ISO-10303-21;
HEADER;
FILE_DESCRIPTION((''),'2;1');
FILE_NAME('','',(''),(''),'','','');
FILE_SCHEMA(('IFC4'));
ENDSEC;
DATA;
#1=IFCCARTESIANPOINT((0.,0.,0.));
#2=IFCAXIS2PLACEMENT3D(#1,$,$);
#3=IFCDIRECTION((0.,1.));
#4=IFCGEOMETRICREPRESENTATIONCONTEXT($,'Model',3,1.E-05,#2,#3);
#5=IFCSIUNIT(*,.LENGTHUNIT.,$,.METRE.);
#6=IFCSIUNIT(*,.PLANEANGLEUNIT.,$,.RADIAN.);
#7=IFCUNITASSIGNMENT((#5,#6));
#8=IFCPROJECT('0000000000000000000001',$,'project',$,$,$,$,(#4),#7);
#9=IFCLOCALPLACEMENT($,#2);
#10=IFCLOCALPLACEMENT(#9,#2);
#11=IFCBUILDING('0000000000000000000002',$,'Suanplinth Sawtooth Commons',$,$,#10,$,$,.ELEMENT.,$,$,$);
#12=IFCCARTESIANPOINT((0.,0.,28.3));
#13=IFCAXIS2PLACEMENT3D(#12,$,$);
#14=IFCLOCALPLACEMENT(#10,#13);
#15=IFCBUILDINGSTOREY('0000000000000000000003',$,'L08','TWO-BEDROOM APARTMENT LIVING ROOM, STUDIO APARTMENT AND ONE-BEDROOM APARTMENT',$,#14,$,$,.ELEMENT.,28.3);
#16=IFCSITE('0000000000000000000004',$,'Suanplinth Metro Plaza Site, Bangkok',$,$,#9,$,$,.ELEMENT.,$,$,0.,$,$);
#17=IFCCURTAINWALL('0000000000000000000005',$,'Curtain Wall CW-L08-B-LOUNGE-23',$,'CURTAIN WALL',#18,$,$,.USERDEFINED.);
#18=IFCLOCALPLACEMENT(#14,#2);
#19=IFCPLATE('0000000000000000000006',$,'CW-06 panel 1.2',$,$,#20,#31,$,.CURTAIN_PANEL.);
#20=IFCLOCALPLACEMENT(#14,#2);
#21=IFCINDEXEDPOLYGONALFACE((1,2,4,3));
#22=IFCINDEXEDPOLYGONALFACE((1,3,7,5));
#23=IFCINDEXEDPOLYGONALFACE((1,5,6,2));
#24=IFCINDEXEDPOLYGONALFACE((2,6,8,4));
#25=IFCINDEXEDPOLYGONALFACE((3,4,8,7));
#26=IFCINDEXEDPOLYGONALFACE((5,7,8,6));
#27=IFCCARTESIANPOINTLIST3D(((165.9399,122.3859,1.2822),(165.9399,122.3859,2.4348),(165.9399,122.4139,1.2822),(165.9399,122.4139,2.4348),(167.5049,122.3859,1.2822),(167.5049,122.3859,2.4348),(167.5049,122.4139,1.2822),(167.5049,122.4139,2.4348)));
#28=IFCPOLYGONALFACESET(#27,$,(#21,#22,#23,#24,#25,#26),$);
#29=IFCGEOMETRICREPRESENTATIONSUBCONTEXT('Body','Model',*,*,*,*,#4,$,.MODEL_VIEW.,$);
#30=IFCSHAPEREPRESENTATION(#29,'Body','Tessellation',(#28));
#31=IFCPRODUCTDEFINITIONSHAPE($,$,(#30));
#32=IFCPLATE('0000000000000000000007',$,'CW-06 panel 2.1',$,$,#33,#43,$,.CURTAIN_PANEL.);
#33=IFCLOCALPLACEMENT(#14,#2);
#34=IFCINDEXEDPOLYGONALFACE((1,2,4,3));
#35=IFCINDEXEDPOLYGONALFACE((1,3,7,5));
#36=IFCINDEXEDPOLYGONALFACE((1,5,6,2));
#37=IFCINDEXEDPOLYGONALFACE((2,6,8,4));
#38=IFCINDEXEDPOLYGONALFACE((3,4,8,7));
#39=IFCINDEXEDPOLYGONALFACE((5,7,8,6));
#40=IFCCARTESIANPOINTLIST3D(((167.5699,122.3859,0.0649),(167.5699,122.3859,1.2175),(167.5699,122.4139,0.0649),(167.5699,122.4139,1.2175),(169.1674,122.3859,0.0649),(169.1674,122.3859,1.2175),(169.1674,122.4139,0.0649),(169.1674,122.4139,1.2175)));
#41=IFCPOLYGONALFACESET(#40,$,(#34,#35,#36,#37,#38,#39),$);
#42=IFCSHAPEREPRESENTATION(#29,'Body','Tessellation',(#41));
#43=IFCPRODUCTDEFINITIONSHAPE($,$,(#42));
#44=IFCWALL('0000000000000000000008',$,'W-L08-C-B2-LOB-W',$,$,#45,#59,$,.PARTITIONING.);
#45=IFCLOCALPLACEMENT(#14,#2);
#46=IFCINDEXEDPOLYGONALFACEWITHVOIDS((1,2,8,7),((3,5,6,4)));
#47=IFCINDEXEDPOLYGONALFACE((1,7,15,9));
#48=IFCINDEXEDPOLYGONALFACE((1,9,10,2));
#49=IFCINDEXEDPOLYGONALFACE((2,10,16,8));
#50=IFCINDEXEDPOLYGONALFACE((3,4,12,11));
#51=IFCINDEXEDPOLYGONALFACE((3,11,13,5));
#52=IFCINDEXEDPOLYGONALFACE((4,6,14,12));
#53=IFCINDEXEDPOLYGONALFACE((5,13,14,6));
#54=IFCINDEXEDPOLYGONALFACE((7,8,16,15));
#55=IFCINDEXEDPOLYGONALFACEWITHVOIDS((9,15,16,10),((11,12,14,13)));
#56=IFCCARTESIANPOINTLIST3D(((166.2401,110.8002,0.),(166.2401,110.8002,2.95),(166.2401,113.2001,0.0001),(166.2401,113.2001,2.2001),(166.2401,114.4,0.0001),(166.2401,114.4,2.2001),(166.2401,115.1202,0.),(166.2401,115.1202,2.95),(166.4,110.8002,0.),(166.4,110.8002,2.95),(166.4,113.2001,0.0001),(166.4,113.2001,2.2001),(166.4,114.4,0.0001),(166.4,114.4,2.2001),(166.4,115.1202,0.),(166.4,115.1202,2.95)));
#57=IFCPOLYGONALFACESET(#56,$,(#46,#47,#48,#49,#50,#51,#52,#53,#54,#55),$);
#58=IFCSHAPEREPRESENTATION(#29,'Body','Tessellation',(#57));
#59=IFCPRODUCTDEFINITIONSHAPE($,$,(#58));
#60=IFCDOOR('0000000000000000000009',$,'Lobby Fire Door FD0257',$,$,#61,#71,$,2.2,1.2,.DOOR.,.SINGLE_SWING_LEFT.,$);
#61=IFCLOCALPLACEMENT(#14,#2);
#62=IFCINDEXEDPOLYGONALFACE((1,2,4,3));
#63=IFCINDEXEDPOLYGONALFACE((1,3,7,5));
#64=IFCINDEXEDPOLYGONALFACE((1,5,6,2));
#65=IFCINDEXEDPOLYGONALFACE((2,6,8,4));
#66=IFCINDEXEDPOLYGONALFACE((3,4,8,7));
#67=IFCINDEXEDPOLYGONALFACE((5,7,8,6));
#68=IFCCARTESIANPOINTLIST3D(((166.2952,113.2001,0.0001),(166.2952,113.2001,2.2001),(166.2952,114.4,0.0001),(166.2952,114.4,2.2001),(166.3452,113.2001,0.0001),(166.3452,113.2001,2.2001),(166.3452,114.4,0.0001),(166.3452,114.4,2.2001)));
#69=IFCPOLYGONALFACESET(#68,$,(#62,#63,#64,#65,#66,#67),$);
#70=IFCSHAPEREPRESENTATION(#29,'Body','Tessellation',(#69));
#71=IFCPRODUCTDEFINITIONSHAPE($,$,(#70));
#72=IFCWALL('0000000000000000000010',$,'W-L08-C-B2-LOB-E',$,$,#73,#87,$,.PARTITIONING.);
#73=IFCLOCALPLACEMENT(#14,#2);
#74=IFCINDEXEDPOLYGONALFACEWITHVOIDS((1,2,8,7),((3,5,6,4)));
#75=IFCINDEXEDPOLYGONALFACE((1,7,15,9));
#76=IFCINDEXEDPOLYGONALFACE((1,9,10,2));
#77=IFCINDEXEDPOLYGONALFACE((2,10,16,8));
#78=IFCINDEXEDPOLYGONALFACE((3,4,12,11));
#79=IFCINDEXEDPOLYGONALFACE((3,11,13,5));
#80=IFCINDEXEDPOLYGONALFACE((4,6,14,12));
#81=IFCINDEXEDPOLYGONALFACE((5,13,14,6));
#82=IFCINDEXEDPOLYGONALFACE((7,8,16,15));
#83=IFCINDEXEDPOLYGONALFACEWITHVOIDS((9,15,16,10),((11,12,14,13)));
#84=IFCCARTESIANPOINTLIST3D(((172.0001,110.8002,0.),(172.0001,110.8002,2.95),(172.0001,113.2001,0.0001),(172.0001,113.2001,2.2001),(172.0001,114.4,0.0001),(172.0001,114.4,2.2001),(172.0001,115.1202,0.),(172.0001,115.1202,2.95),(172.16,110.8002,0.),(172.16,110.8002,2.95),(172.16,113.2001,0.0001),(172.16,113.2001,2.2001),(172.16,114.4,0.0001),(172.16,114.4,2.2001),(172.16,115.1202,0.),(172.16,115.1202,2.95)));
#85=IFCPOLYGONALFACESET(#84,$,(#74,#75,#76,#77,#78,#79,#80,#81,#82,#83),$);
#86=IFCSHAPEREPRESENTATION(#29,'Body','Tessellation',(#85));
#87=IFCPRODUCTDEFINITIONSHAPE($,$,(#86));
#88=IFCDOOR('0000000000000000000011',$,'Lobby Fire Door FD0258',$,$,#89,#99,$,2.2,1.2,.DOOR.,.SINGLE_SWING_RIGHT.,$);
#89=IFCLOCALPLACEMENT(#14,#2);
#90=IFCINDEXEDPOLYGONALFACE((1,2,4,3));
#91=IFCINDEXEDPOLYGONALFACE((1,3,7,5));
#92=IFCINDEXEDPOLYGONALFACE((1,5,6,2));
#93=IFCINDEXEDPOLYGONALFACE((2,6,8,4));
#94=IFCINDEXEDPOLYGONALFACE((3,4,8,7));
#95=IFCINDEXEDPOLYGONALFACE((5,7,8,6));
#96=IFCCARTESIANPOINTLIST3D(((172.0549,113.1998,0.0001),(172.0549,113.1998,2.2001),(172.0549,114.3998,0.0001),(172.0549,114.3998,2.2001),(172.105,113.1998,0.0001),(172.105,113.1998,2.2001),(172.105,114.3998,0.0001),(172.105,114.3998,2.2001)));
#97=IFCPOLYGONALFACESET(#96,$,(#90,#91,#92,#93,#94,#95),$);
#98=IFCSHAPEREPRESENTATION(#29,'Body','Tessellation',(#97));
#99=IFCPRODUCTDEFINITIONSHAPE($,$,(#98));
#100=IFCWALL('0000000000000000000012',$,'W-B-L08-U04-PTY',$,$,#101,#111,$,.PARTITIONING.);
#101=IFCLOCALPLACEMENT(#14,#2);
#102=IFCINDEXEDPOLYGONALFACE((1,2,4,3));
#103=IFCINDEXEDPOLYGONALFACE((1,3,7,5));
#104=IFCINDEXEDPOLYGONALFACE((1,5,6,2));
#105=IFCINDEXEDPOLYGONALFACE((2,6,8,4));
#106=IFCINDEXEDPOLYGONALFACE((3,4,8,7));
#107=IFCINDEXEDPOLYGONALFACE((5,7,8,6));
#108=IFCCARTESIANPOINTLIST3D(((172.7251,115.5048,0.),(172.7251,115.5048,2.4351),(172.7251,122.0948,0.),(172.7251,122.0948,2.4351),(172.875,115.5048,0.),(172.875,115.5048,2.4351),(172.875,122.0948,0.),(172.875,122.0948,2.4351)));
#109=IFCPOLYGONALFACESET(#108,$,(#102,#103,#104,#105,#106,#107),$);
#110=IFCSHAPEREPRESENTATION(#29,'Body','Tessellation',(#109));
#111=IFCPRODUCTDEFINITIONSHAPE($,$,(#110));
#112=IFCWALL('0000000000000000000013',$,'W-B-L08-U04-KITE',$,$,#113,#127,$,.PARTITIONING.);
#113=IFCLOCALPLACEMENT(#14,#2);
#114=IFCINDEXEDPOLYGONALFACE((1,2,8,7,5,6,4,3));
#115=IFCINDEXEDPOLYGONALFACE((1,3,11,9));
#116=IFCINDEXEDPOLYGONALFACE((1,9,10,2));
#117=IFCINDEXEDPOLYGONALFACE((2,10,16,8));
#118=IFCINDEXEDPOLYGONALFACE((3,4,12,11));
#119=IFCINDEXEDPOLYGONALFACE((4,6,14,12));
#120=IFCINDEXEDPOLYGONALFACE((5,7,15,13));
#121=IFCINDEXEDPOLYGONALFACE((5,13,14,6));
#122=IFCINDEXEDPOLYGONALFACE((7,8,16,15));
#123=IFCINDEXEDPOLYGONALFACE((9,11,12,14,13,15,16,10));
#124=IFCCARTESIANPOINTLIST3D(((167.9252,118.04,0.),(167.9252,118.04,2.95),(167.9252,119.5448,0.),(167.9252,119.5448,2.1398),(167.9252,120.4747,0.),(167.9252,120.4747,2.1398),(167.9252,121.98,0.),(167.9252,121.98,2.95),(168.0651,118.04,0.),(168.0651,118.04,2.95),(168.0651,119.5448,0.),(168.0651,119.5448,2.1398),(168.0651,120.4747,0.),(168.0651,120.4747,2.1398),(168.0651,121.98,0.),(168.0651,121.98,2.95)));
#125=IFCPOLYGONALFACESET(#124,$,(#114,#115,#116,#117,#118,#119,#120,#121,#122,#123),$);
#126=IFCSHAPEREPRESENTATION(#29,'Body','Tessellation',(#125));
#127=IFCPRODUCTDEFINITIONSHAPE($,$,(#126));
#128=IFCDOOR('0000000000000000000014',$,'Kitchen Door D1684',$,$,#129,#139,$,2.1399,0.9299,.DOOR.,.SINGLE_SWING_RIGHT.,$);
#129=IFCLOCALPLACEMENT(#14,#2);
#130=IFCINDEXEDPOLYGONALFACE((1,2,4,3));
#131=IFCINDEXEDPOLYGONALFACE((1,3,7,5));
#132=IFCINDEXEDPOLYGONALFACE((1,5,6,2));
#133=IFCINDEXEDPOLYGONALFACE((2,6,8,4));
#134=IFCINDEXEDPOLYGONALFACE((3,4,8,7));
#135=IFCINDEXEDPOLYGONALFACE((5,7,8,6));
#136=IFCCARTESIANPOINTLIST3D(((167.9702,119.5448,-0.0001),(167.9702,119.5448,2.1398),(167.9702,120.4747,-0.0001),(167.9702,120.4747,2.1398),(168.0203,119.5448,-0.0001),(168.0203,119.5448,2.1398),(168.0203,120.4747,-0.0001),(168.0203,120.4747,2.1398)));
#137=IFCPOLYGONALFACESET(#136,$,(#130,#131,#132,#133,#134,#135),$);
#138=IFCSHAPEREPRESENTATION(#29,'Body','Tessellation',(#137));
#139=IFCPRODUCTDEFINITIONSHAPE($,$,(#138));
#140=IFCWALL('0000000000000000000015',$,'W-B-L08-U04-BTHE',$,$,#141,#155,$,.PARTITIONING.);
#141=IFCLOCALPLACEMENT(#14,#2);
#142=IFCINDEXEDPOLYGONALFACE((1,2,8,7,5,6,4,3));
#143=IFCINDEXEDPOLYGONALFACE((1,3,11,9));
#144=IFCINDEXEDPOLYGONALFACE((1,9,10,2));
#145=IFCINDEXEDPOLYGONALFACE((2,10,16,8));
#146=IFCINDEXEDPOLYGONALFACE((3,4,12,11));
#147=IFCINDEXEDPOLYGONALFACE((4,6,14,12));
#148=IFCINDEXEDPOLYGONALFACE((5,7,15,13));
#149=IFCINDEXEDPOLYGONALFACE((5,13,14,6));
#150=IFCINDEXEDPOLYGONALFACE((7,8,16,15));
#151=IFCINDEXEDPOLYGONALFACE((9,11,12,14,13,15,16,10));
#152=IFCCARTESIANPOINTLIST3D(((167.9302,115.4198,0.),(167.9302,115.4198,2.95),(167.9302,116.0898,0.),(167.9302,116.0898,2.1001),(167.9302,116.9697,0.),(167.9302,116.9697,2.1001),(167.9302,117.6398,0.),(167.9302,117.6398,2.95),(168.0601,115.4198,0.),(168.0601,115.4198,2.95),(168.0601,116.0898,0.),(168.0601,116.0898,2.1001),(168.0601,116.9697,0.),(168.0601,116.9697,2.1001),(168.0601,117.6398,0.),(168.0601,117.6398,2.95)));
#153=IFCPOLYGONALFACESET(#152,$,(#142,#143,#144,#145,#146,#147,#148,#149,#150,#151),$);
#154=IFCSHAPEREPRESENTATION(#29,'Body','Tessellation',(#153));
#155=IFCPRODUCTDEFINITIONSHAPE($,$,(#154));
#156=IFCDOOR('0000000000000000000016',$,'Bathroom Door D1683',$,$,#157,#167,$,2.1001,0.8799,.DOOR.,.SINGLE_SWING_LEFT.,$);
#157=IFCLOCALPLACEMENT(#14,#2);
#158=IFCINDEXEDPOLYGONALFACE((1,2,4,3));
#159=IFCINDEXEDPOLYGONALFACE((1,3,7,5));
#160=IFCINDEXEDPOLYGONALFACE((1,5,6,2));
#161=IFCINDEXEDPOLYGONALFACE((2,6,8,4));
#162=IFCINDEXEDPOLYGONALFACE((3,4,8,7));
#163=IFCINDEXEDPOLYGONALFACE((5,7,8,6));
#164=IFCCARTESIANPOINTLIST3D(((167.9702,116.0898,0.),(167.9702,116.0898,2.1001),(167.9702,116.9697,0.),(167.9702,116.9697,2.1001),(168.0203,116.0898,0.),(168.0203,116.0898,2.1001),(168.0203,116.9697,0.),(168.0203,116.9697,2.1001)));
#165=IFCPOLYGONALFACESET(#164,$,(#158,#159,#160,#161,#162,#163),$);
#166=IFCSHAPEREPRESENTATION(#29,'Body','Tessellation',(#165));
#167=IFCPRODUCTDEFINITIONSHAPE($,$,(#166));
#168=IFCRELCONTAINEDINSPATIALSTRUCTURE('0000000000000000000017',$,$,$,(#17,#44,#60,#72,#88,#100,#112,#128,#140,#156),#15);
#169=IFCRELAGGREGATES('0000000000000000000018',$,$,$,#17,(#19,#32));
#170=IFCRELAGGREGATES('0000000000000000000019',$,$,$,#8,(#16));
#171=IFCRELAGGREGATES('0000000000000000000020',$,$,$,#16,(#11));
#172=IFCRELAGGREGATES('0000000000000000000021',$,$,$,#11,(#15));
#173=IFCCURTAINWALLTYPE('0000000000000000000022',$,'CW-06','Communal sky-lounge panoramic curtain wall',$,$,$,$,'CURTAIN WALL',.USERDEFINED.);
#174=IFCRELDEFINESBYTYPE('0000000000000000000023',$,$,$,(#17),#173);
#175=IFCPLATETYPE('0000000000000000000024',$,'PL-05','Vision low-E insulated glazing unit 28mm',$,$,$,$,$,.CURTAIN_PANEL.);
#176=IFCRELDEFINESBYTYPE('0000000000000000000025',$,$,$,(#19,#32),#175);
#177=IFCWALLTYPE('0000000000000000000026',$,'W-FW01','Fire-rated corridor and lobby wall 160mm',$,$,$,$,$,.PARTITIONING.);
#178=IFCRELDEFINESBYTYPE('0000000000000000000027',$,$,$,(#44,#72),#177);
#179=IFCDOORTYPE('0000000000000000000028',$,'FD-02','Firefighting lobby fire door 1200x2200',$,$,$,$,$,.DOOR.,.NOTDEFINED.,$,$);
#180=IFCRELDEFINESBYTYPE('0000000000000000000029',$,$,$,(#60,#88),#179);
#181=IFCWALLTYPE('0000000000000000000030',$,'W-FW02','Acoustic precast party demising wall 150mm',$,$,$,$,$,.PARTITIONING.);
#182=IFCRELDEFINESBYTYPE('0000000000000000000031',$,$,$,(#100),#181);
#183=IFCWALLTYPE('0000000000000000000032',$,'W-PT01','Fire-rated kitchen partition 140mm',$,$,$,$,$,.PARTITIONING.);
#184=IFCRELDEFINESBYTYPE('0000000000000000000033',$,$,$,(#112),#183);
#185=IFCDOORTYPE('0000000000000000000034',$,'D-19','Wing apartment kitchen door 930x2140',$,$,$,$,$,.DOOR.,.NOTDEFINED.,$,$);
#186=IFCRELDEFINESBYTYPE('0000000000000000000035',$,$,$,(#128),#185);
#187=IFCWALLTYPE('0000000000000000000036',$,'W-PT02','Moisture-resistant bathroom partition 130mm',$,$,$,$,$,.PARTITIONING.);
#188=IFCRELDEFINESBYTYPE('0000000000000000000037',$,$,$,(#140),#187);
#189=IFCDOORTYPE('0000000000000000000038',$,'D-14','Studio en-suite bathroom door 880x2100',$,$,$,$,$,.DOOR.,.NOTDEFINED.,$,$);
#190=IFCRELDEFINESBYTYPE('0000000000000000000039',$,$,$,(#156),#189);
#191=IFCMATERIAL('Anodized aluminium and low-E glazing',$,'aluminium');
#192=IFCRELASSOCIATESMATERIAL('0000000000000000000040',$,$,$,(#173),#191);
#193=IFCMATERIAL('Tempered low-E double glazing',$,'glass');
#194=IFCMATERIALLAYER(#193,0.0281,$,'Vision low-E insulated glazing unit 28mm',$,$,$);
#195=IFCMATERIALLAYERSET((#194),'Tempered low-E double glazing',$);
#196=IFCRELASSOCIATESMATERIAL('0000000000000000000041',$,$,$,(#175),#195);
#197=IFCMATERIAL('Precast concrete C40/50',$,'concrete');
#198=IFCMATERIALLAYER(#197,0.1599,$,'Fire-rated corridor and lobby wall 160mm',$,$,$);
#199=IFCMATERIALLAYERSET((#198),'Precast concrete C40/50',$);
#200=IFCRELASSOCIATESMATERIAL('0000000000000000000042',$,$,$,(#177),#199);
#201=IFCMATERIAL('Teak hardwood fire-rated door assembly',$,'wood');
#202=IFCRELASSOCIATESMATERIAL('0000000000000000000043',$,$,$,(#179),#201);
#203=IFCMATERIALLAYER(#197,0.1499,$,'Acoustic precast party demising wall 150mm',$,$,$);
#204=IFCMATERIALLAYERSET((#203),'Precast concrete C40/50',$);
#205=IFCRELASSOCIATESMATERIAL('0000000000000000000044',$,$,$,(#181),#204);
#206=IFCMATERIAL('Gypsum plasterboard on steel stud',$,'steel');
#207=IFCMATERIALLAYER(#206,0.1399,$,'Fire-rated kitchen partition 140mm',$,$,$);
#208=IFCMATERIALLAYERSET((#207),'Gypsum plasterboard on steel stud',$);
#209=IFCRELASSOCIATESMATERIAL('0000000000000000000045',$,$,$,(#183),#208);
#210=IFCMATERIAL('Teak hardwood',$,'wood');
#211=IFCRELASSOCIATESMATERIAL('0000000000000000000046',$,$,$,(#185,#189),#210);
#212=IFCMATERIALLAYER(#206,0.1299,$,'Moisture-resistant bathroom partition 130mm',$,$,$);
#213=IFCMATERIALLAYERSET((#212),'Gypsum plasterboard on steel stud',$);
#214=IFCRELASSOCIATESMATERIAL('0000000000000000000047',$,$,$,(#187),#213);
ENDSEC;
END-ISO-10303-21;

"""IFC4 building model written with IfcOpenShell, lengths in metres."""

from ifc_helpers import new_model, si_unit, direction, frame, frame_2d, origin, origin_2d, place, context, subcontext, project, spatial, rectangle, extrude, material, layer, layer_set, type_object, element, fill, aggregate, save


model = new_model("IFC4")

# Units and contexts
model_context = context("Model", 3, precision=1e-05, world=origin(), true_north=direction((0.0, 1.0)))
body_context = subcontext(model_context, "Body", "Model", "MODEL_VIEW")
ifc_project = project(units=[si_unit("LENGTHUNIT", "METRE"), si_unit("PLANEANGLEUNIT", "RADIAN")], contexts=[model_context])

# Site, building, storey
site_placement = place(None, origin())
site = spatial("IfcSite", under=ifc_project, at=site_placement, Name="Suanplinth Metro Plaza Site, Bangkok", CompositionType="ELEMENT", RefElevation=0.0)
building_placement = place(site_placement, origin())
building = spatial("IfcBuilding", under=site, at=building_placement, Name="Suanplinth Sawtooth Commons", CompositionType="ELEMENT")
storey_placement = place(building_placement, frame((0.0, 0.0, 28.3)))
storey = spatial("IfcBuildingStorey", under=building, at=storey_placement, Name="L08", Description="TWO-BEDROOM APARTMENT LIVING ROOM, STUDIO APARTMENT AND ONE-BEDROOM APARTMENT", CompositionType="ELEMENT", Elevation=28.3)

# Shared definitions
ifc_material_1 = material(Name="Precast concrete C40/50", Category="concrete")

# Curtain wall, plates
ifc_material_2 = material(Name="Anodized aluminium and low-E glazing", Category="aluminium")
curtain_wall_type = type_object("IfcCurtainWallType", Name="CW-06", Description="Communal sky-lounge panoramic curtain wall", ElementType="CURTAIN WALL", PredefinedType="USERDEFINED", material=ifc_material_2)
curtain_wall_placement = place(storey_placement, origin())
curtain_wall = element("IfcCurtainWall", 1, at=curtain_wall_placement, inside=storey, type_object=curtain_wall_type, Name="Curtain Wall CW-L08-B-LOUNGE-23", ObjectType="CURTAIN WALL", PredefinedType="USERDEFINED")
ifc_material_3 = material(Name="Tempered low-E double glazing", Category="glass")
ifc_layer_1 = layer(ifc_material_3, 0.0281, Name="Vision low-E insulated glazing unit 28mm")
ifc_layer_set_1 = layer_set([ifc_layer_1], Name="Tempered low-E double glazing")
plate_type = type_object("IfcPlateType", Name="PL-05", Description="Vision low-E insulated glazing unit 28mm", PredefinedType="CURTAIN_PANEL", material=ifc_layer_set_1)
plate_1_placement = place(storey_placement, frame((166.7224, 122.3999, 1.2822), z_axis=(0.0, 0.0, 1.0), x_axis=(1.0, 0.0, 0.0)))
plate_1 = element("IfcPlate", 2, at=plate_1_placement, type_object=plate_type, Name="CW-06 panel 1.2", PredefinedType="CURTAIN_PANEL", context=body_context, shape_type="SweptSolid", body=[
    extrude(rectangle(XDim=1.5649, YDim=0.0281, at=origin_2d()), origin(), (0.0, 0.0, 1.0), 1.1526),
])
plate_2_placement = place(storey_placement, frame((168.3687, 122.3999, 0.0649), z_axis=(0.0, 0.0, 1.0), x_axis=(1.0, 0.0, 0.0)))
plate_2 = element("IfcPlate", 3, at=plate_2_placement, type_object=plate_type, Name="CW-06 panel 2.1", PredefinedType="CURTAIN_PANEL", context=body_context, shape_type="SweptSolid", body=[
    extrude(rectangle(XDim=1.5974, YDim=0.0281, at=origin_2d()), origin(), (0.0, 0.0, 1.0), 1.1526),
])
aggregate(curtain_wall, [plate_1, plate_2])

# Walls, openings, doors
ifc_layer_2 = layer(ifc_material_1, 0.1599, Name="Fire-rated corridor and lobby wall 160mm")
ifc_layer_set_2 = layer_set([ifc_layer_2], Name="Precast concrete C40/50")
wall_type_1 = type_object("IfcWallType", Name="W-FW01", Description="Fire-rated corridor and lobby wall 160mm", PredefinedType="PARTITIONING", material=ifc_layer_set_2)
wall_1_placement = place(storey_placement, frame((166.3201, 110.8, 0.0), z_axis=(0.0, 0.0, 1.0), x_axis=(0.0, 1.0, 0.0)))
wall_1 = element("IfcWall", 4, at=wall_1_placement, inside=storey, type_object=wall_type_1, Name="W-L08-C-B2-LOB-W", PredefinedType="PARTITIONING", context=body_context, shape_type="SweptSolid", body=[
    extrude(rectangle(XDim=4.3201, YDim=0.1599, at=frame_2d((2.1602, 0.0))), origin(), (0.0, 0.0, 1.0), 2.95),
])
opening_1_placement = place(wall_1_placement, frame((2.3999, 0.0, 0.0)))
opening_1 = element("IfcOpeningElement", 5, at=opening_1_placement, cuts=wall_1, PredefinedType="OPENING", context=body_context, shape_type="SweptSolid", body=[
    extrude(rectangle(XDim=1.2, YDim=2.2, at=frame_2d((0.6001, 1.1001))), frame((0.0, 0.0947, 0.0), z_axis=(0.0, -1.0, 0.0), x_axis=(1.0, 0.0, 0.0)), (0.0, 0.0, 1.0), 0.1897),
])
ifc_material_4 = material(Name="Teak hardwood fire-rated door assembly", Category="wood")
door_type_1 = type_object("IfcDoorType", Name="FD-02", Description="Firefighting lobby fire door 1200x2200", OperationType="NOTDEFINED", PredefinedType="DOOR", material=ifc_material_4)
door_1_placement = place(opening_1_placement, origin())
door_1 = element("IfcDoor", 6, at=door_1_placement, inside=storey, type_object=door_type_1, Name="Lobby Fire Door FD0257", OperationType="SINGLE_SWING_LEFT", OverallHeight=2.2, OverallWidth=1.2, PredefinedType="DOOR", context=body_context, shape_type="SweptSolid", body=[
    extrude(rectangle(XDim=1.2, YDim=2.2, at=frame_2d((0.6001, 1.1001))), frame((0.0, 0.0249, 0.0), z_axis=(0.0, -1.0, 0.0), x_axis=(1.0, 0.0, 0.0)), (0.0, 0.0, 1.0), 0.05),
])
fill(opening_1, door_1)
wall_2_placement = place(storey_placement, frame((172.0801, 110.8, 0.0), z_axis=(0.0, 0.0, 1.0), x_axis=(0.0, 1.0, 0.0)))
wall_2 = element("IfcWall", 7, at=wall_2_placement, inside=storey, type_object=wall_type_1, Name="W-L08-C-B2-LOB-E", PredefinedType="PARTITIONING", context=body_context, shape_type="SweptSolid", body=[
    extrude(rectangle(XDim=4.3201, YDim=0.1599, at=frame_2d((2.1602, 0.0))), origin(), (0.0, 0.0, 1.0), 2.95),
])
opening_2_placement = place(wall_2_placement, frame((2.3999, 0.0, 0.0)))
opening_2 = element("IfcOpeningElement", 8, at=opening_2_placement, cuts=wall_2, PredefinedType="OPENING", context=body_context, shape_type="SweptSolid", body=[
    extrude(rectangle(XDim=1.2, YDim=2.2, at=frame_2d((0.6001, 1.1001))), frame((0.0, 0.0947, 0.0), z_axis=(0.0, -1.0, 0.0), x_axis=(1.0, 0.0, 0.0)), (0.0, 0.0, 1.0), 0.1897),
])
door_2_placement = place(opening_2_placement, frame((1.2, 0.0, 0.0), z_axis=(0.0, 0.0, 1.0), x_axis=(-1.0, 0.0, 0.0)))
door_2 = element("IfcDoor", 9, at=door_2_placement, inside=storey, type_object=door_type_1, Name="Lobby Fire Door FD0258", OperationType="SINGLE_SWING_RIGHT", OverallHeight=2.2, OverallWidth=1.2, PredefinedType="DOOR", context=body_context, shape_type="SweptSolid", body=[
    extrude(rectangle(XDim=1.2, YDim=2.2, at=frame_2d((0.6001, 1.1001))), frame((0.0, 0.0249, 0.0), z_axis=(0.0, -1.0, 0.0), x_axis=(1.0, 0.0, 0.0)), (0.0, 0.0, 1.0), 0.05),
])
fill(opening_2, door_2)

# Wall
ifc_layer_3 = layer(ifc_material_1, 0.1499, Name="Acoustic precast party demising wall 150mm")
ifc_layer_set_3 = layer_set([ifc_layer_3], Name="Precast concrete C40/50")
wall_type_2 = type_object("IfcWallType", Name="W-FW02", Description="Acoustic precast party demising wall 150mm", PredefinedType="PARTITIONING", material=ifc_layer_set_3)
wall_3_placement = place(storey_placement, frame((172.8, 115.5049, 0.0), z_axis=(0.0, 0.0, 1.0), x_axis=(0.0, 1.0, 0.0)))
element("IfcWall", 10, at=wall_3_placement, inside=storey, type_object=wall_type_2, Name="W-B-L08-U04-PTY", PredefinedType="PARTITIONING", context=body_context, shape_type="SweptSolid", body=[
    extrude(rectangle(XDim=6.5901, YDim=0.1499, at=frame_2d((3.2949, 0.0))), origin(), (0.0, 0.0, 1.0), 2.4351),
])

# Walls, openings, doors
ifc_material_5 = material(Name="Gypsum plasterboard on steel stud", Category="steel")
ifc_layer_4 = layer(ifc_material_5, 0.1399, Name="Fire-rated kitchen partition 140mm")
ifc_layer_set_4 = layer_set([ifc_layer_4], Name="Gypsum plasterboard on steel stud")
wall_type_3 = type_object("IfcWallType", Name="W-PT01", Description="Fire-rated kitchen partition 140mm", PredefinedType="PARTITIONING", material=ifc_layer_set_4)
wall_4_placement = place(storey_placement, frame((167.9951, 118.04, 0.0), z_axis=(0.0, 0.0, 1.0), x_axis=(0.0, 1.0, 0.0)))
wall_4 = element("IfcWall", 11, at=wall_4_placement, inside=storey, type_object=wall_type_3, Name="W-B-L08-U04-KITE", PredefinedType="PARTITIONING", context=body_context, shape_type="SweptSolid", body=[
    extrude(rectangle(XDim=3.9399, YDim=0.1399, at=frame_2d((1.97, 0.0))), origin(), (0.0, 0.0, 1.0), 2.95),
])
opening_3_placement = place(wall_4_placement, frame((1.5049, 0.0, 0.0)))
opening_3 = element("IfcOpeningElement", 12, at=opening_3_placement, cuts=wall_4, PredefinedType="OPENING", context=body_context, shape_type="SweptSolid", body=[
    extrude(rectangle(XDim=0.9299, YDim=2.1399, at=frame_2d((0.4648, 1.0698))), frame((0.0, 0.085, 0.0), z_axis=(0.0, -1.0, 0.0), x_axis=(1.0, 0.0, 0.0)), (0.0, 0.0, 1.0), 0.1697),
])
ifc_material_6 = material(Name="Teak hardwood", Category="wood")
door_type_2 = type_object("IfcDoorType", Name="D-19", Description="Wing apartment kitchen door 930x2140", OperationType="NOTDEFINED", PredefinedType="DOOR", material=ifc_material_6)
door_3_placement = place(opening_3_placement, origin())
door_3 = element("IfcDoor", 13, at=door_3_placement, inside=storey, type_object=door_type_2, Name="Kitchen Door D1684", OperationType="SINGLE_SWING_RIGHT", OverallHeight=2.1399, OverallWidth=0.9299, PredefinedType="DOOR", context=body_context, shape_type="SweptSolid", body=[
    extrude(rectangle(XDim=0.9299, YDim=2.1399, at=frame_2d((0.4648, 1.0698))), frame((0.0, 0.0249, 0.0), z_axis=(0.0, -1.0, 0.0), x_axis=(1.0, 0.0, 0.0)), (0.0, 0.0, 1.0), 0.05),
])
fill(opening_3, door_3)
ifc_layer_5 = layer(ifc_material_5, 0.1299, Name="Moisture-resistant bathroom partition 130mm")
ifc_layer_set_5 = layer_set([ifc_layer_5], Name="Gypsum plasterboard on steel stud")
wall_type_4 = type_object("IfcWallType", Name="W-PT02", Description="Moisture-resistant bathroom partition 130mm", PredefinedType="PARTITIONING", material=ifc_layer_set_5)
wall_5_placement = place(storey_placement, frame((167.9951, 115.4199, 0.0), z_axis=(0.0, 0.0, 1.0), x_axis=(0.0, 1.0, 0.0)))
wall_5 = element("IfcWall", 14, at=wall_5_placement, inside=storey, type_object=wall_type_4, Name="W-B-L08-U04-BTHE", PredefinedType="PARTITIONING", context=body_context, shape_type="SweptSolid", body=[
    extrude(rectangle(XDim=2.22, YDim=0.1299, at=frame_2d((1.1099, 0.0))), origin(), (0.0, 0.0, 1.0), 2.95),
])
opening_4_placement = place(wall_5_placement, frame((0.6699, 0.0, 0.0)))
opening_4 = element("IfcOpeningElement", 15, at=opening_4_placement, cuts=wall_5, PredefinedType="OPENING", context=body_context, shape_type="SweptSolid", body=[
    extrude(rectangle(XDim=0.8799, YDim=2.1001, at=frame_2d((0.4399, 1.05))), frame((0.0, 0.0798, 0.0), z_axis=(0.0, -1.0, 0.0), x_axis=(1.0, 0.0, 0.0)), (0.0, 0.0, 1.0), 0.1597),
])
door_type_3 = type_object("IfcDoorType", Name="D-14", Description="Studio en-suite bathroom door 880x2100", OperationType="NOTDEFINED", PredefinedType="DOOR", material=ifc_material_6)
door_4_placement = place(opening_4_placement, origin())
door_4 = element("IfcDoor", 16, at=door_4_placement, inside=storey, type_object=door_type_3, Name="Bathroom Door D1683", OperationType="SINGLE_SWING_LEFT", OverallHeight=2.1001, OverallWidth=0.8799, PredefinedType="DOOR", context=body_context, shape_type="SweptSolid", body=[
    extrude(rectangle(XDim=0.8799, YDim=2.1001, at=frame_2d((0.4399, 1.05))), frame((0.0, 0.0249, 0.0), z_axis=(0.0, -1.0, 0.0), x_axis=(1.0, 0.0, 0.0)), (0.0, 0.0, 1.0), 0.05),
])
fill(opening_4, door_4)

save(model, "model.ifc")
